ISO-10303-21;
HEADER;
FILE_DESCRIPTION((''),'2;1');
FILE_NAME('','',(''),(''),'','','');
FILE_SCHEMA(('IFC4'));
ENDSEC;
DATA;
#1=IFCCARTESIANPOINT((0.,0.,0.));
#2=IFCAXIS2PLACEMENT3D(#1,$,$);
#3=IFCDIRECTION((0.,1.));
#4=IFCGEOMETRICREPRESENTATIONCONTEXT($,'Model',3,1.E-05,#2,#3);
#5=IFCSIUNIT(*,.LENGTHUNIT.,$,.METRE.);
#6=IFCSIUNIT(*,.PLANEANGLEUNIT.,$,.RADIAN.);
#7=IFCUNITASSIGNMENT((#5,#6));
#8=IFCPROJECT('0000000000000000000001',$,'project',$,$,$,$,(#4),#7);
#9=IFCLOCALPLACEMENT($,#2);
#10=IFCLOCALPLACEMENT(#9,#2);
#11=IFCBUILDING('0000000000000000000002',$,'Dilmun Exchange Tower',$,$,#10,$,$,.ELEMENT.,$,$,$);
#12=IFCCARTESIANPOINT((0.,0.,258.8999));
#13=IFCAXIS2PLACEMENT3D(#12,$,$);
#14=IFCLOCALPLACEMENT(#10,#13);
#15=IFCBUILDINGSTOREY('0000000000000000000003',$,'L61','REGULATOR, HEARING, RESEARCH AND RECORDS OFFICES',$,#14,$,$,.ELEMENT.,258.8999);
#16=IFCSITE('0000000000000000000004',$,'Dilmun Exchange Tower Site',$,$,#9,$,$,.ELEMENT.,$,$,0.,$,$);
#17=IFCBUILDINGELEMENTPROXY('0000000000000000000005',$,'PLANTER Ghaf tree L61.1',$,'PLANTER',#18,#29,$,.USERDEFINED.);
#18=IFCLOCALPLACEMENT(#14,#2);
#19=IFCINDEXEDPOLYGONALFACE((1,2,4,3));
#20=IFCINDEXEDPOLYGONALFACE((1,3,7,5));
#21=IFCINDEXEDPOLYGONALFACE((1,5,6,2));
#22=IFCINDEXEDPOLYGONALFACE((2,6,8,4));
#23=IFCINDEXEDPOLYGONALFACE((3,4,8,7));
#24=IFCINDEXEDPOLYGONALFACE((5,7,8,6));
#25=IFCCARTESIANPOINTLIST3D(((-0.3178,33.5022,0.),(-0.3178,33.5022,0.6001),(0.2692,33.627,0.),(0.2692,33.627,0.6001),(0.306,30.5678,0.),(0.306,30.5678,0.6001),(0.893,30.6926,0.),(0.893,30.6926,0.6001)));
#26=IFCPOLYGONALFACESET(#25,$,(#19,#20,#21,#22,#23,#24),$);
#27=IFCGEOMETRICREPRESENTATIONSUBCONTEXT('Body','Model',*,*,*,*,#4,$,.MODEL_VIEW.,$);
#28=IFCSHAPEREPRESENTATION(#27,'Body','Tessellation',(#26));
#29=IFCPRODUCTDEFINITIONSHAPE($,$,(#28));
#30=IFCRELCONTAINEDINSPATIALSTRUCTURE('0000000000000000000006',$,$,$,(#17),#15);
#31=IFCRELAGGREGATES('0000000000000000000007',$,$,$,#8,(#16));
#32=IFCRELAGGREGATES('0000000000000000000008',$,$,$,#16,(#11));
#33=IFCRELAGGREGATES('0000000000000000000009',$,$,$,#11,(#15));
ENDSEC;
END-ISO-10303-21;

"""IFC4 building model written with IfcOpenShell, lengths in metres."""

from ifc_helpers import new_model, si_unit, direction, frame, origin, origin_2d, place, context, subcontext, project, spatial, rectangle, extrude, element, save


model = new_model("IFC4")

# Units and contexts
model_context = context("Model", 3, precision=1e-05, world=origin(), true_north=direction((0.0, 1.0)))
body_context = subcontext(model_context, "Body", "Model", "MODEL_VIEW")
ifc_project = project(units=[si_unit("LENGTHUNIT", "METRE"), si_unit("PLANEANGLEUNIT", "RADIAN")], contexts=[model_context])

# Site, building, storey
site_placement = place(None, origin())
site = spatial("IfcSite", under=ifc_project, at=site_placement, Name="Dilmun Exchange Tower Site", CompositionType="ELEMENT", RefElevation=0.0)
building_placement = place(site_placement, origin())
building = spatial("IfcBuilding", under=site, at=building_placement, Name="Dilmun Exchange Tower", CompositionType="ELEMENT")
storey_placement = place(building_placement, frame((0.0, 0.0, 258.8999)))
storey = spatial("IfcBuildingStorey", under=building, at=storey_placement, Name="L61", Description="REGULATOR, HEARING, RESEARCH AND RECORDS OFFICES", CompositionType="ELEMENT", Elevation=258.8999)

# Building element proxy
proxy_placement = place(storey_placement, frame((0.2876, 32.0974, 0.0), z_axis=(0.0, 0.0, 1.0), x_axis=(-0.207912, 0.978148, 0.0)))
element("IfcBuildingElementProxy", 1, at=proxy_placement, inside=storey, Name="PLANTER Ghaf tree L61.1", ObjectType="PLANTER", PredefinedType="USERDEFINED", context=body_context, shape_type="SweptSolid", body=[
    extrude(rectangle(XDim=3.0, YDim=0.6001, at=origin_2d()), origin(), (0.0, 0.0, 1.0), 0.6001),
])

save(model, "model.ifc")
